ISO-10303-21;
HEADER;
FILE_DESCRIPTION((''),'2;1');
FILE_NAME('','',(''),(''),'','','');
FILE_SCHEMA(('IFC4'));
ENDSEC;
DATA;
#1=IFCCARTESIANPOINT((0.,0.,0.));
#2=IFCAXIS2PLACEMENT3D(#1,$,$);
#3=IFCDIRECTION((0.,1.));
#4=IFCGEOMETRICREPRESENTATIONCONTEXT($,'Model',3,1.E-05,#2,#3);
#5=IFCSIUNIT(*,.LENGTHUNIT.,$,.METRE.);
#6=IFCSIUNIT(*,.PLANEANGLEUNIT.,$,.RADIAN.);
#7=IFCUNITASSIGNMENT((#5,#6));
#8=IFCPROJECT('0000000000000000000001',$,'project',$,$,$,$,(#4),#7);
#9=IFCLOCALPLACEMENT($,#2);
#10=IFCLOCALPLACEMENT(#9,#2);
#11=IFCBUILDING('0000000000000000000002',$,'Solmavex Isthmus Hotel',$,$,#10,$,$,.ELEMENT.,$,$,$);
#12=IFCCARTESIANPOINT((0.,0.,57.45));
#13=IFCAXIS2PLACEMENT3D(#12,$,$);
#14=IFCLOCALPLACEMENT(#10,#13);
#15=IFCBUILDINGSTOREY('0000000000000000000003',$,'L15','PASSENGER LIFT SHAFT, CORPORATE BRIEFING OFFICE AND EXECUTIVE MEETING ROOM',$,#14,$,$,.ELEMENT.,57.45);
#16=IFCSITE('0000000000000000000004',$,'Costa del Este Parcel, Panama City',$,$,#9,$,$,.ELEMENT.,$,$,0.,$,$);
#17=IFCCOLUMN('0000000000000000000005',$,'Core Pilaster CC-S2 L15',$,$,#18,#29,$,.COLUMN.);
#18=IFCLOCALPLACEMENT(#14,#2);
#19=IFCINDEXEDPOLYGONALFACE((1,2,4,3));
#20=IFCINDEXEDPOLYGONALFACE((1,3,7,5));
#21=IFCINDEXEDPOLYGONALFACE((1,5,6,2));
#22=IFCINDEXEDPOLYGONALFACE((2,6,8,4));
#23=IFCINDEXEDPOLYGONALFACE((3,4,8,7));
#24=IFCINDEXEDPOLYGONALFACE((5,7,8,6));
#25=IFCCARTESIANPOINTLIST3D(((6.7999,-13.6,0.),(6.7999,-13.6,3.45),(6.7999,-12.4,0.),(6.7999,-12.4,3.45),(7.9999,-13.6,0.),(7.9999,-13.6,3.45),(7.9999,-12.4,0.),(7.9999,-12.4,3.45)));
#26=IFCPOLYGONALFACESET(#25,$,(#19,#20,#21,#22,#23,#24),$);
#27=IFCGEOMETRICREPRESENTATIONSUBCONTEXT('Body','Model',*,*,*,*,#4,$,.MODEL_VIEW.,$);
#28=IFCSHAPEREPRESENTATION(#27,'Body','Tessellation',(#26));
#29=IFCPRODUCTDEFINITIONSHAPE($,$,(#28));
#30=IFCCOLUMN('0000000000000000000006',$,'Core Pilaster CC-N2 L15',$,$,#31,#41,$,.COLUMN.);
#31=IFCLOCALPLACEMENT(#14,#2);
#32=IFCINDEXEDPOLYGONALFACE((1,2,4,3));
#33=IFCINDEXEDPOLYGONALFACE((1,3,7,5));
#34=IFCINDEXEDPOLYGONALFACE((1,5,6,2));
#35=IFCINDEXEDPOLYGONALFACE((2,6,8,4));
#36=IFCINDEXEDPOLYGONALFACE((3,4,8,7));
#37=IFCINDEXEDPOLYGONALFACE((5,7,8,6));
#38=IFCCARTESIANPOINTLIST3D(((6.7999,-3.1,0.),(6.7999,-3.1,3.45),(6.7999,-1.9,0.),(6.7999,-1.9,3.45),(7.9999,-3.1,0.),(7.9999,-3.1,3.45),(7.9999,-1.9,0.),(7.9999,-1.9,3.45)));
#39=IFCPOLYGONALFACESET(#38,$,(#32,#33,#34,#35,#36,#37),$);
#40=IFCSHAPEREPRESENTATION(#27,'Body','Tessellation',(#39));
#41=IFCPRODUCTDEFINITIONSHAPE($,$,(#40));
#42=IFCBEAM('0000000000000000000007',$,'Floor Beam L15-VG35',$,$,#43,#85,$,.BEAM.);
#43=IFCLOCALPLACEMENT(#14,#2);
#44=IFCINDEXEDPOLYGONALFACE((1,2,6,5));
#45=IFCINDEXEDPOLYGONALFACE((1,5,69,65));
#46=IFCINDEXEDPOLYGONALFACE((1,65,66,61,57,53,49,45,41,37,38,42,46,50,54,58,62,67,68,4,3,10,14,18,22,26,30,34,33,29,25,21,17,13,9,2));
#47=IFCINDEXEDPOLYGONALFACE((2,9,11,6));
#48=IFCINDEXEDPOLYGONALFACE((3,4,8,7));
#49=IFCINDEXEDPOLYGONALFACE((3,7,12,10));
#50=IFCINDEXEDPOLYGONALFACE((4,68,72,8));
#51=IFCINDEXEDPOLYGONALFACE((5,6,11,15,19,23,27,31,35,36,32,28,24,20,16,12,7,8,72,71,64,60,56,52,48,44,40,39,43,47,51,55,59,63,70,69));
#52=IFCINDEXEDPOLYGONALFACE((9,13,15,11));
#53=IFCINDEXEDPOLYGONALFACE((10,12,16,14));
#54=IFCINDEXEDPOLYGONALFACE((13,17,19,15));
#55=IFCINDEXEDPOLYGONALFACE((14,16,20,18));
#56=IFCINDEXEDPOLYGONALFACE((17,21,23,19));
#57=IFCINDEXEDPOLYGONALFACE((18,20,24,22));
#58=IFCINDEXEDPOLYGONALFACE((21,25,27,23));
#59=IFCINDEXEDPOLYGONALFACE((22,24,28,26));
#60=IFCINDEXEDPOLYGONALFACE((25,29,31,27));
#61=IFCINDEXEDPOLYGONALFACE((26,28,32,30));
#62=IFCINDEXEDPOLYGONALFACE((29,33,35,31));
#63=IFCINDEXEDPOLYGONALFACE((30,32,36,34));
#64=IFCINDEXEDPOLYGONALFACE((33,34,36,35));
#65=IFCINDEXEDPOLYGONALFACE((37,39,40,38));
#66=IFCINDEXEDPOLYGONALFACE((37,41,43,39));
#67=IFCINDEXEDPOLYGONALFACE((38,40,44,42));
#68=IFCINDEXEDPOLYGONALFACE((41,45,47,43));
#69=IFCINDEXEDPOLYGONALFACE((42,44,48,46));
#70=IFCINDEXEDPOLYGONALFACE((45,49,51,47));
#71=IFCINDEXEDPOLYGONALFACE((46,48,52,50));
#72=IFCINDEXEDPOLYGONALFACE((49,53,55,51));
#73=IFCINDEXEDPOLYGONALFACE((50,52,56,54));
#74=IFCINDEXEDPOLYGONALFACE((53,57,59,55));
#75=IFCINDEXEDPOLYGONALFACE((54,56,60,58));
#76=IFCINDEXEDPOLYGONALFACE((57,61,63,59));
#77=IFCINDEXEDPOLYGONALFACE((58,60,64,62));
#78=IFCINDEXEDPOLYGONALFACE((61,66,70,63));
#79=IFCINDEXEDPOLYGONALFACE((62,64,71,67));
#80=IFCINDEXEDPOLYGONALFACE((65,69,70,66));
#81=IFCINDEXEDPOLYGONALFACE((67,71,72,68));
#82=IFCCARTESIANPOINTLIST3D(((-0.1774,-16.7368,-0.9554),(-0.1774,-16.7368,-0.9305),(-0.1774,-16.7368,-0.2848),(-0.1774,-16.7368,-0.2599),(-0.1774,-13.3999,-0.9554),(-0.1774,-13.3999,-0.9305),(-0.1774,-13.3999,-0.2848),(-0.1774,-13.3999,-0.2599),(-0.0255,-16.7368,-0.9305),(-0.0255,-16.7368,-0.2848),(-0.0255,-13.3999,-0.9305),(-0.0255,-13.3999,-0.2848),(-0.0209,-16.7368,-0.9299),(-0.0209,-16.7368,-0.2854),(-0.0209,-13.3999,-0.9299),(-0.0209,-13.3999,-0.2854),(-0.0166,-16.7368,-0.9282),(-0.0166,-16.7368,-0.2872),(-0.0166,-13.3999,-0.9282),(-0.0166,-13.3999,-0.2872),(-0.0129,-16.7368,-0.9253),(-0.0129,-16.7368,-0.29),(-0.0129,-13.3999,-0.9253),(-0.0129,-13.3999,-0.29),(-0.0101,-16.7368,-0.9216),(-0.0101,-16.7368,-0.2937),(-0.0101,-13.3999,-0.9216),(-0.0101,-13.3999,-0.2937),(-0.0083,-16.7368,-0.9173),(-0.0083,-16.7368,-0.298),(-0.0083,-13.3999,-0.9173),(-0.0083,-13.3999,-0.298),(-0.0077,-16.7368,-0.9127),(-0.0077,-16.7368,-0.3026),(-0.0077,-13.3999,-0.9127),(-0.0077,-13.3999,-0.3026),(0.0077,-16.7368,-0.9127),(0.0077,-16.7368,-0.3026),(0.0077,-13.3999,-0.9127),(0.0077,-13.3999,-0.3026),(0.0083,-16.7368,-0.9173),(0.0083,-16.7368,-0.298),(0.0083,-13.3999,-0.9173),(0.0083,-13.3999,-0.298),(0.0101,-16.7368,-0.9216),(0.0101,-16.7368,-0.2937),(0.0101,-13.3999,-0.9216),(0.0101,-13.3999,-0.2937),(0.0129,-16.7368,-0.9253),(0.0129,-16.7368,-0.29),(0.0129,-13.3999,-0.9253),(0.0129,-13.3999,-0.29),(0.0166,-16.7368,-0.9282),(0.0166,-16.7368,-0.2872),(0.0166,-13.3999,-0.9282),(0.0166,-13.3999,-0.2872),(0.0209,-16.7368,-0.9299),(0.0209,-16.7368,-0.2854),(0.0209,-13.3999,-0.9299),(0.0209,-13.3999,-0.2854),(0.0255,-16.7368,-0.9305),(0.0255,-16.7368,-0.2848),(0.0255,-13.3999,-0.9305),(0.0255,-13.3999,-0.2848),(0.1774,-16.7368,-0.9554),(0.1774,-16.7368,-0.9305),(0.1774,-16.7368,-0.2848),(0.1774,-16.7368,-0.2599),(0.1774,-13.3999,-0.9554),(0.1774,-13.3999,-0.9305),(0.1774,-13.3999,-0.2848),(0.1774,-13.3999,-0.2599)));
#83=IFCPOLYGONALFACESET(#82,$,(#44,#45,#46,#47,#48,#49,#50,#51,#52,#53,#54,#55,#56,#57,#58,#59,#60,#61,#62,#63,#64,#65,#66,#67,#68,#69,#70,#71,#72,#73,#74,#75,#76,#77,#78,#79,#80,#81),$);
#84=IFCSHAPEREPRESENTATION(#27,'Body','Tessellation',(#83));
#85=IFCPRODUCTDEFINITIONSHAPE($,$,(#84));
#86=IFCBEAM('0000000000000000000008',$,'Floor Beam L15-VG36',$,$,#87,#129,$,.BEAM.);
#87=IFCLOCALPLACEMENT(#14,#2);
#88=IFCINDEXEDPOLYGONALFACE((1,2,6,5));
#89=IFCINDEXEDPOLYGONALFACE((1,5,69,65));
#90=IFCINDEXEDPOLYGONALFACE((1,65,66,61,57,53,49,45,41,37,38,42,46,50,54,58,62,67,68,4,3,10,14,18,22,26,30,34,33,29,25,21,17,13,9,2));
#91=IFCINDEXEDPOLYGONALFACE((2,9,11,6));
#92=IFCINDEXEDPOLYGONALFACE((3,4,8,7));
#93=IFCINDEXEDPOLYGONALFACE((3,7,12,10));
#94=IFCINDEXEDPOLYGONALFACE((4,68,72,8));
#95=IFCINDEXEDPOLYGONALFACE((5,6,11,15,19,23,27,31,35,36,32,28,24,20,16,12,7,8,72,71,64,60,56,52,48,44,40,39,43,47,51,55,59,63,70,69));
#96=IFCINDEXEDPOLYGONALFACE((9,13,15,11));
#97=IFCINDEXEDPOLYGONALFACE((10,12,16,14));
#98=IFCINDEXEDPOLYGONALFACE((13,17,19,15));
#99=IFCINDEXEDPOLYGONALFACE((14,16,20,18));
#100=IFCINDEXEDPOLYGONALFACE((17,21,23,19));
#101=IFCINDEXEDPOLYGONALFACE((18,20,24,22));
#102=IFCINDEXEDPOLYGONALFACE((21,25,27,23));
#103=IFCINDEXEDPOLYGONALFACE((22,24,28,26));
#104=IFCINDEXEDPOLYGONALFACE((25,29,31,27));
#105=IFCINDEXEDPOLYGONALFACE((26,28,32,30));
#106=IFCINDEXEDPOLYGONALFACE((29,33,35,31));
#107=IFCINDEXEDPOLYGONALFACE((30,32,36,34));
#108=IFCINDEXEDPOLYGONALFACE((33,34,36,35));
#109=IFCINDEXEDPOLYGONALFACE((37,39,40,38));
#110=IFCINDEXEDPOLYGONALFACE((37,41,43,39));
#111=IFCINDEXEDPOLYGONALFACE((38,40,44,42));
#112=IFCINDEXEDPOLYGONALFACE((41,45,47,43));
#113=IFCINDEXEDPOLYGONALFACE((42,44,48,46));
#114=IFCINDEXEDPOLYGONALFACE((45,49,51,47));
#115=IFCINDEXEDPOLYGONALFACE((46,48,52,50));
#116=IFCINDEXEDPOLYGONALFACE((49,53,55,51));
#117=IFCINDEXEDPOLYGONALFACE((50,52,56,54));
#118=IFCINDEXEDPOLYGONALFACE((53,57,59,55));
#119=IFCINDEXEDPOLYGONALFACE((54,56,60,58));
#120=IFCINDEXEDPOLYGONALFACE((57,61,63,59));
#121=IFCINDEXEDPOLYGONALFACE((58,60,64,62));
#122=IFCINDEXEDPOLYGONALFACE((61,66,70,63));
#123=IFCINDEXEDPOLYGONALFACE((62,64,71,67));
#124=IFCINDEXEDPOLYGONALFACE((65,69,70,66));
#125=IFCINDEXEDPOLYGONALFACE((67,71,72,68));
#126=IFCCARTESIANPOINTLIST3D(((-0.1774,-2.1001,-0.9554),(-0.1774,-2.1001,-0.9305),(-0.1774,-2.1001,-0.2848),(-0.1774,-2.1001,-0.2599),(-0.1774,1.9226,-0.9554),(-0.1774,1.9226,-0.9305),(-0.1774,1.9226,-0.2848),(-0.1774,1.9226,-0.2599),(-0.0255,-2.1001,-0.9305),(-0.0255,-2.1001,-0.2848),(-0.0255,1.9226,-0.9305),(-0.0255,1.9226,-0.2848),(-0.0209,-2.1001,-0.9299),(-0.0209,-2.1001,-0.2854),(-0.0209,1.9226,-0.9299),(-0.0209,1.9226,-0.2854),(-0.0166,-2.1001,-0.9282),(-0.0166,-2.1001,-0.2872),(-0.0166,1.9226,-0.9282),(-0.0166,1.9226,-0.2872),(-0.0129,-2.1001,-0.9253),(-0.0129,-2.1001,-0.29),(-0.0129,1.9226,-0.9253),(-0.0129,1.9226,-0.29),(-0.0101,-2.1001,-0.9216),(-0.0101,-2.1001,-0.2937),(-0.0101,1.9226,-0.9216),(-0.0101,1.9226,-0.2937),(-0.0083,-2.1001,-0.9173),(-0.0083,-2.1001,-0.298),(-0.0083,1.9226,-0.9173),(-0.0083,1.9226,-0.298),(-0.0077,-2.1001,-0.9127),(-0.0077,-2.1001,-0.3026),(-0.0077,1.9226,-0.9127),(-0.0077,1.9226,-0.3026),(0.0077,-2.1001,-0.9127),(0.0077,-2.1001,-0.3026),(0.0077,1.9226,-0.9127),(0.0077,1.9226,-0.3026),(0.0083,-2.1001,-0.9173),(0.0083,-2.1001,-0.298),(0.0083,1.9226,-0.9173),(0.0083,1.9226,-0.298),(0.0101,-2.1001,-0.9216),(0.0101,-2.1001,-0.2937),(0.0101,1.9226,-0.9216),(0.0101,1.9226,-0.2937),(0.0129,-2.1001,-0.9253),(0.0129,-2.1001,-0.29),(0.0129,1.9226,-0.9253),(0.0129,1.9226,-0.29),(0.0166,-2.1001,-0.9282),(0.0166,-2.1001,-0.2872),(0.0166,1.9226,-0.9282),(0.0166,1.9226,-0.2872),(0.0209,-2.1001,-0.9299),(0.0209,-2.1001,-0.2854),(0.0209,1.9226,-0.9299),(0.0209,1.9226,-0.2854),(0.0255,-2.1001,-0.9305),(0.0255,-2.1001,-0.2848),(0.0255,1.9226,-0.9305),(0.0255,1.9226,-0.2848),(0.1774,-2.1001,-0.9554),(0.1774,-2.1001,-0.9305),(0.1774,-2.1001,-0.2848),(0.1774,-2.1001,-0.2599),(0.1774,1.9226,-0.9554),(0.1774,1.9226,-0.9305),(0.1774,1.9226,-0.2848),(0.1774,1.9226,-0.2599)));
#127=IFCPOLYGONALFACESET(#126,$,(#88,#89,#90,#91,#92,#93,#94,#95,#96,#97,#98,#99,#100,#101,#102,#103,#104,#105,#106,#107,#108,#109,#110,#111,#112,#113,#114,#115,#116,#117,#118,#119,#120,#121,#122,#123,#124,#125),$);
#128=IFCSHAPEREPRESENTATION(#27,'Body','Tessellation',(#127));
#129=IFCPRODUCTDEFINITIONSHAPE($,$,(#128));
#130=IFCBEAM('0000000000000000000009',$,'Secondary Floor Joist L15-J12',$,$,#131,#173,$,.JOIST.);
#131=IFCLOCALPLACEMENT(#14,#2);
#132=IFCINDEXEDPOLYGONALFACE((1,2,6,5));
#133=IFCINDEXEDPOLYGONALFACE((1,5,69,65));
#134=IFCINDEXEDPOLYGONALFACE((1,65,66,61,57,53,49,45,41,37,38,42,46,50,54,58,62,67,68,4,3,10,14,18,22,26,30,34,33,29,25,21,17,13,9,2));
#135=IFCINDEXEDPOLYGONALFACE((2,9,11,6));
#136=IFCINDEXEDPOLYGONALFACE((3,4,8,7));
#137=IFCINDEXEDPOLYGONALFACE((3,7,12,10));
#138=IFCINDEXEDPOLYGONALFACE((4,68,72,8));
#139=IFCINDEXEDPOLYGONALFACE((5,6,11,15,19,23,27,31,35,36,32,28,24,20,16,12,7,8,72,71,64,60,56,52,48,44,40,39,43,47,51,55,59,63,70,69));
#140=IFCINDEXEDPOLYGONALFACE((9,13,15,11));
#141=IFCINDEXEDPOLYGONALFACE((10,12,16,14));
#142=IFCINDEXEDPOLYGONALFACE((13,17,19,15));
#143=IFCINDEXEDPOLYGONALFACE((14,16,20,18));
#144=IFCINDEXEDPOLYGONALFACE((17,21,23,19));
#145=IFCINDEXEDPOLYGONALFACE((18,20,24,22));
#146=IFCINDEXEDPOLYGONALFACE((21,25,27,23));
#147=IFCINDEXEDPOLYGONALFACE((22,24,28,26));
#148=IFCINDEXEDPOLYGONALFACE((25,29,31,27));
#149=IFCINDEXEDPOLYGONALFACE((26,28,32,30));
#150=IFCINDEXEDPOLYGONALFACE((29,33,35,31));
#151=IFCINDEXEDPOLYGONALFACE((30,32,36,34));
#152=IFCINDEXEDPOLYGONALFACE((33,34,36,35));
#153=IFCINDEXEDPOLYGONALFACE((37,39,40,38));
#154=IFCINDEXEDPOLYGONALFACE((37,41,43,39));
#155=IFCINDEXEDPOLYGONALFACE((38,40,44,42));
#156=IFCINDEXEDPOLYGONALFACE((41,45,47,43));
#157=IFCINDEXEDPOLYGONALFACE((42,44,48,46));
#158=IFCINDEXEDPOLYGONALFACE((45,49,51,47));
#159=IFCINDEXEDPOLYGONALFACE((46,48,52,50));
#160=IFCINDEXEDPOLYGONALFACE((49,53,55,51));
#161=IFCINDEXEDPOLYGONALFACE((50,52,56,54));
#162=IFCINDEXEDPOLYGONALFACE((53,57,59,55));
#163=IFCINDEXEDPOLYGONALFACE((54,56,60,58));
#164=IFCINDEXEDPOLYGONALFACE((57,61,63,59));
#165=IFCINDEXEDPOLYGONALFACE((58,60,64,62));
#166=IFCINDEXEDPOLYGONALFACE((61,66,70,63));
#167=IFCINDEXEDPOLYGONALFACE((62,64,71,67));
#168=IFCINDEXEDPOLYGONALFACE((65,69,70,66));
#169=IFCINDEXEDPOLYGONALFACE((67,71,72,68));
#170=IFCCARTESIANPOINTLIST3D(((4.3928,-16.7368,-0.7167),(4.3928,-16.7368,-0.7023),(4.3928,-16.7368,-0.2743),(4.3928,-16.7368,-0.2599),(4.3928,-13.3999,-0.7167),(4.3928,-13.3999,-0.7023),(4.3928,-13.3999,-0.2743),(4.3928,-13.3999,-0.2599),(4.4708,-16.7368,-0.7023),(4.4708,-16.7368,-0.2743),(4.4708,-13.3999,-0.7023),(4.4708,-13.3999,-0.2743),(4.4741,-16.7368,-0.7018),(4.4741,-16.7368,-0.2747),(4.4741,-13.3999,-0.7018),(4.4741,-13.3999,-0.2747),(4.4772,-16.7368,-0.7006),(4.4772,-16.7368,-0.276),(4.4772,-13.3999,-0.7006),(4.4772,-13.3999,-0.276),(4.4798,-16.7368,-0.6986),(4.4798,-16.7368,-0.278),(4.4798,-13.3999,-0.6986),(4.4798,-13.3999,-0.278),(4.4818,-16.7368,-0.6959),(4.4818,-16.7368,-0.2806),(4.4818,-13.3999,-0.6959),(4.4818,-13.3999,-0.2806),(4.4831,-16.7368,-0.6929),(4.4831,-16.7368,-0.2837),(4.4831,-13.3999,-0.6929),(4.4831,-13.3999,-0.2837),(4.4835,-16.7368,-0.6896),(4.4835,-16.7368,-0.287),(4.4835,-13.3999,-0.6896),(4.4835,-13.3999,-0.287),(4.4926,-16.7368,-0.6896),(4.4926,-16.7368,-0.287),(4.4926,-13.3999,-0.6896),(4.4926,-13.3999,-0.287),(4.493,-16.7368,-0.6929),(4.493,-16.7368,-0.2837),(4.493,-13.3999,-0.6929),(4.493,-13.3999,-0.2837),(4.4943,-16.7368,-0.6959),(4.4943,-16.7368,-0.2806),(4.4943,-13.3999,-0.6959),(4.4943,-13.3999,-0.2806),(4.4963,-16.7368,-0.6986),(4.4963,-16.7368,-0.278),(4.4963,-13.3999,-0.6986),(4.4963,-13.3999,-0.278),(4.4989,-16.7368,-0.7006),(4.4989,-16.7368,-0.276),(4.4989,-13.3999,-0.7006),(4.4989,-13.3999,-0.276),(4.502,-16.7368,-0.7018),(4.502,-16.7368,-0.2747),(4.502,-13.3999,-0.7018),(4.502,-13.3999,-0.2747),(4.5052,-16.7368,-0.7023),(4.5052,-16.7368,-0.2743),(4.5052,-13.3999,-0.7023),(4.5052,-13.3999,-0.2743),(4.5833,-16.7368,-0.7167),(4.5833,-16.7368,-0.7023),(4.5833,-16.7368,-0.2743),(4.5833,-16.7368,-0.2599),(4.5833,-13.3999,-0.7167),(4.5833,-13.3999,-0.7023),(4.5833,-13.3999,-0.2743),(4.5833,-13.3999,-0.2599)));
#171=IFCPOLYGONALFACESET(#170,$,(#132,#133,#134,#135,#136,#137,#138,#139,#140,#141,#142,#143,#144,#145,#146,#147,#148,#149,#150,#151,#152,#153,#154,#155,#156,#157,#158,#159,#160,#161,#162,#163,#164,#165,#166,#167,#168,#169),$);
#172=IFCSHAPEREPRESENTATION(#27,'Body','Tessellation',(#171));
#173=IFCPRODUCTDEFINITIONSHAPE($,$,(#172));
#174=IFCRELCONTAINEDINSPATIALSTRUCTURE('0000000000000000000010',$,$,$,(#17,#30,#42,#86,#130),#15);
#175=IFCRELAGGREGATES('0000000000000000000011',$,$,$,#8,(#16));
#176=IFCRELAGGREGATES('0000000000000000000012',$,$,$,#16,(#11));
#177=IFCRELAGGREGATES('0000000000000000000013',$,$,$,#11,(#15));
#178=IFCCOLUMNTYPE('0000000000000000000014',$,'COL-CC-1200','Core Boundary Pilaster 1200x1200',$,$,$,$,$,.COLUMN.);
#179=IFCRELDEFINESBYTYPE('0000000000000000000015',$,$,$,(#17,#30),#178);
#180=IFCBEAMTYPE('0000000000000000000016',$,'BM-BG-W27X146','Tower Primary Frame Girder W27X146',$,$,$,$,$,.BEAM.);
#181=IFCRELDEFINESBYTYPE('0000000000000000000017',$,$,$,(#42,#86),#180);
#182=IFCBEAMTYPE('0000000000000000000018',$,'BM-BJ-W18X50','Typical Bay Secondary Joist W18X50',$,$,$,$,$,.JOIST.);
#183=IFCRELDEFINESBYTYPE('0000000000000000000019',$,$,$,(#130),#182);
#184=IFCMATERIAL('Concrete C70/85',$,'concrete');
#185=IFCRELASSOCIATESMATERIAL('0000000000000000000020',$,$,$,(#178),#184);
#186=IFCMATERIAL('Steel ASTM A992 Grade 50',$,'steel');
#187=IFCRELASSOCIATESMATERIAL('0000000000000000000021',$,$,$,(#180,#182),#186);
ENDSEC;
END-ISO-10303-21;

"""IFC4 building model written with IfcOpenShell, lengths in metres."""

from ifc_helpers import new_model, si_unit, direction, frame, origin, origin_2d, place, context, subcontext, project, spatial, rectangle, i_section, extrude, material, material_profile, profile_set, type_object, element, save


model = new_model("IFC4")

# Units and contexts
model_context = context("Model", 3, precision=1e-05, world=origin(), true_north=direction((0.0, 1.0)))
body_context = subcontext(model_context, "Body", "Model", "MODEL_VIEW")
ifc_project = project(units=[si_unit("LENGTHUNIT", "METRE"), si_unit("PLANEANGLEUNIT", "RADIAN")], contexts=[model_context])

# Site, building, storey
site_placement = place(None, origin())
site = spatial("IfcSite", under=ifc_project, at=site_placement, Name="Costa del Este Parcel, Panama City", CompositionType="ELEMENT", RefElevation=0.0)
building_placement = place(site_placement, origin())
building = spatial("IfcBuilding", under=site, at=building_placement, Name="Solmavex Isthmus Hotel", CompositionType="ELEMENT")
storey_placement = place(building_placement, frame((0.0, 0.0, 57.45)))
storey = spatial("IfcBuildingStorey", under=building, at=storey_placement, Name="L15", Description="PASSENGER LIFT SHAFT, CORPORATE BRIEFING OFFICE AND EXECUTIVE MEETING ROOM", CompositionType="ELEMENT", Elevation=57.45)

# Columns
ifc_material_1 = material(Name="Concrete C70/85", Category="concrete")
ifc_material_profile_1 = material_profile(ifc_material_1, rectangle(XDim=1.2, YDim=1.2, at=origin_2d()), Name="RC1200X1200")
ifc_profile_set_1 = profile_set([ifc_material_profile_1], Name="Concrete C70/85")
column_type = type_object("IfcColumnType", Name="COL-CC-1200", Description="Core Boundary Pilaster 1200x1200", PredefinedType="COLUMN", material=ifc_profile_set_1)
for number, where, z_axis, x_axis, name in (
    (1, (7.3999, -13.0, 0.0), (0.0, 0.0, 1.0), (1.0, 0.0, 0.0), "Core Pilaster CC-S2 L15"),
    (2, (7.3999, -2.5, 0.0), (0.0, 0.0, 1.0), (1.0, 0.0, 0.0), "Core Pilaster CC-N2 L15"),
):
    element("IfcColumn", number, at=place(storey_placement, frame(where, z_axis=z_axis, x_axis=x_axis)), inside=storey, type_object=column_type, Name=name, PredefinedType="COLUMN", context=body_context, shape_type="SweptSolid", body=[
        extrude(rectangle(XDim=1.2, YDim=1.2, at=origin_2d()), origin(), (0.0, 0.0, 1.0), 3.45),
    ])

# Beams
ifc_material_2 = material(Name="Steel ASTM A992 Grade 50", Category="steel")
ifc_material_profile_2 = material_profile(ifc_material_2, i_section(OverallWidth=0.3547, OverallDepth=0.6956, WebThickness=0.0154, FlangeThickness=0.0249, FilletRadius=0.0178, at=origin_2d()), Name="W27X146")
ifc_profile_set_2 = profile_set([ifc_material_profile_2], Name="Steel ASTM A992 Grade 50")
beam_type_1 = type_object("IfcBeamType", Name="BM-BG-W27X146", Description="Tower Primary Frame Girder W27X146", PredefinedType="BEAM", material=ifc_profile_set_2)
beam_1_placement = place(storey_placement, frame((0.0, -16.7368, -0.6077), z_axis=(0.0, 1.0, 0.0), x_axis=(-1.0, 0.0, 0.0)))
element("IfcBeam", 3, at=beam_1_placement, inside=storey, type_object=beam_type_1, Name="Floor Beam L15-VG35", PredefinedType="BEAM", context=body_context, shape_type="SweptSolid", body=[
    extrude(i_section(OverallWidth=0.3547, OverallDepth=0.6956, WebThickness=0.0154, FlangeThickness=0.0249, FilletRadius=0.0178, at=origin_2d()), origin(), (0.0, 0.0, 1.0), 3.3369),
])
beam_2_placement = place(storey_placement, frame((0.0, -2.1001, -0.6077), z_axis=(0.0, 1.0, 0.0), x_axis=(-1.0, 0.0, 0.0)))
element("IfcBeam", 4, at=beam_2_placement, inside=storey, type_object=beam_type_1, Name="Floor Beam L15-VG36", PredefinedType="BEAM", context=body_context, shape_type="SweptSolid", body=[
    extrude(i_section(OverallWidth=0.3547, OverallDepth=0.6956, WebThickness=0.0154, FlangeThickness=0.0249, FilletRadius=0.0178, at=origin_2d()), origin(), (0.0, 0.0, 1.0), 4.0227),
])
ifc_material_profile_3 = material_profile(ifc_material_2, i_section(OverallWidth=0.1904, OverallDepth=0.4568, WebThickness=0.009, FlangeThickness=0.0144, FilletRadius=0.0127, at=origin_2d()), Name="W18X50")
ifc_profile_set_3 = profile_set([ifc_material_profile_3], Name="Steel ASTM A992 Grade 50")
beam_type_2 = type_object("IfcBeamType", Name="BM-BJ-W18X50", Description="Typical Bay Secondary Joist W18X50", PredefinedType="JOIST", material=ifc_profile_set_3)
beam_3_placement = place(storey_placement, frame((4.488, -16.7368, -0.4883), z_axis=(0.0, 1.0, 0.0), x_axis=(-1.0, 0.0, 0.0)))
element("IfcBeam", 5, at=beam_3_placement, inside=storey, type_object=beam_type_2, Name="Secondary Floor Joist L15-J12", PredefinedType="JOIST", context=body_context, shape_type="SweptSolid", body=[
    extrude(i_section(OverallWidth=0.1904, OverallDepth=0.4568, WebThickness=0.009, FlangeThickness=0.0144, FilletRadius=0.0127, at=origin_2d()), origin(), (0.0, 0.0, 1.0), 3.3369),
])

save(model, "model.ifc")
